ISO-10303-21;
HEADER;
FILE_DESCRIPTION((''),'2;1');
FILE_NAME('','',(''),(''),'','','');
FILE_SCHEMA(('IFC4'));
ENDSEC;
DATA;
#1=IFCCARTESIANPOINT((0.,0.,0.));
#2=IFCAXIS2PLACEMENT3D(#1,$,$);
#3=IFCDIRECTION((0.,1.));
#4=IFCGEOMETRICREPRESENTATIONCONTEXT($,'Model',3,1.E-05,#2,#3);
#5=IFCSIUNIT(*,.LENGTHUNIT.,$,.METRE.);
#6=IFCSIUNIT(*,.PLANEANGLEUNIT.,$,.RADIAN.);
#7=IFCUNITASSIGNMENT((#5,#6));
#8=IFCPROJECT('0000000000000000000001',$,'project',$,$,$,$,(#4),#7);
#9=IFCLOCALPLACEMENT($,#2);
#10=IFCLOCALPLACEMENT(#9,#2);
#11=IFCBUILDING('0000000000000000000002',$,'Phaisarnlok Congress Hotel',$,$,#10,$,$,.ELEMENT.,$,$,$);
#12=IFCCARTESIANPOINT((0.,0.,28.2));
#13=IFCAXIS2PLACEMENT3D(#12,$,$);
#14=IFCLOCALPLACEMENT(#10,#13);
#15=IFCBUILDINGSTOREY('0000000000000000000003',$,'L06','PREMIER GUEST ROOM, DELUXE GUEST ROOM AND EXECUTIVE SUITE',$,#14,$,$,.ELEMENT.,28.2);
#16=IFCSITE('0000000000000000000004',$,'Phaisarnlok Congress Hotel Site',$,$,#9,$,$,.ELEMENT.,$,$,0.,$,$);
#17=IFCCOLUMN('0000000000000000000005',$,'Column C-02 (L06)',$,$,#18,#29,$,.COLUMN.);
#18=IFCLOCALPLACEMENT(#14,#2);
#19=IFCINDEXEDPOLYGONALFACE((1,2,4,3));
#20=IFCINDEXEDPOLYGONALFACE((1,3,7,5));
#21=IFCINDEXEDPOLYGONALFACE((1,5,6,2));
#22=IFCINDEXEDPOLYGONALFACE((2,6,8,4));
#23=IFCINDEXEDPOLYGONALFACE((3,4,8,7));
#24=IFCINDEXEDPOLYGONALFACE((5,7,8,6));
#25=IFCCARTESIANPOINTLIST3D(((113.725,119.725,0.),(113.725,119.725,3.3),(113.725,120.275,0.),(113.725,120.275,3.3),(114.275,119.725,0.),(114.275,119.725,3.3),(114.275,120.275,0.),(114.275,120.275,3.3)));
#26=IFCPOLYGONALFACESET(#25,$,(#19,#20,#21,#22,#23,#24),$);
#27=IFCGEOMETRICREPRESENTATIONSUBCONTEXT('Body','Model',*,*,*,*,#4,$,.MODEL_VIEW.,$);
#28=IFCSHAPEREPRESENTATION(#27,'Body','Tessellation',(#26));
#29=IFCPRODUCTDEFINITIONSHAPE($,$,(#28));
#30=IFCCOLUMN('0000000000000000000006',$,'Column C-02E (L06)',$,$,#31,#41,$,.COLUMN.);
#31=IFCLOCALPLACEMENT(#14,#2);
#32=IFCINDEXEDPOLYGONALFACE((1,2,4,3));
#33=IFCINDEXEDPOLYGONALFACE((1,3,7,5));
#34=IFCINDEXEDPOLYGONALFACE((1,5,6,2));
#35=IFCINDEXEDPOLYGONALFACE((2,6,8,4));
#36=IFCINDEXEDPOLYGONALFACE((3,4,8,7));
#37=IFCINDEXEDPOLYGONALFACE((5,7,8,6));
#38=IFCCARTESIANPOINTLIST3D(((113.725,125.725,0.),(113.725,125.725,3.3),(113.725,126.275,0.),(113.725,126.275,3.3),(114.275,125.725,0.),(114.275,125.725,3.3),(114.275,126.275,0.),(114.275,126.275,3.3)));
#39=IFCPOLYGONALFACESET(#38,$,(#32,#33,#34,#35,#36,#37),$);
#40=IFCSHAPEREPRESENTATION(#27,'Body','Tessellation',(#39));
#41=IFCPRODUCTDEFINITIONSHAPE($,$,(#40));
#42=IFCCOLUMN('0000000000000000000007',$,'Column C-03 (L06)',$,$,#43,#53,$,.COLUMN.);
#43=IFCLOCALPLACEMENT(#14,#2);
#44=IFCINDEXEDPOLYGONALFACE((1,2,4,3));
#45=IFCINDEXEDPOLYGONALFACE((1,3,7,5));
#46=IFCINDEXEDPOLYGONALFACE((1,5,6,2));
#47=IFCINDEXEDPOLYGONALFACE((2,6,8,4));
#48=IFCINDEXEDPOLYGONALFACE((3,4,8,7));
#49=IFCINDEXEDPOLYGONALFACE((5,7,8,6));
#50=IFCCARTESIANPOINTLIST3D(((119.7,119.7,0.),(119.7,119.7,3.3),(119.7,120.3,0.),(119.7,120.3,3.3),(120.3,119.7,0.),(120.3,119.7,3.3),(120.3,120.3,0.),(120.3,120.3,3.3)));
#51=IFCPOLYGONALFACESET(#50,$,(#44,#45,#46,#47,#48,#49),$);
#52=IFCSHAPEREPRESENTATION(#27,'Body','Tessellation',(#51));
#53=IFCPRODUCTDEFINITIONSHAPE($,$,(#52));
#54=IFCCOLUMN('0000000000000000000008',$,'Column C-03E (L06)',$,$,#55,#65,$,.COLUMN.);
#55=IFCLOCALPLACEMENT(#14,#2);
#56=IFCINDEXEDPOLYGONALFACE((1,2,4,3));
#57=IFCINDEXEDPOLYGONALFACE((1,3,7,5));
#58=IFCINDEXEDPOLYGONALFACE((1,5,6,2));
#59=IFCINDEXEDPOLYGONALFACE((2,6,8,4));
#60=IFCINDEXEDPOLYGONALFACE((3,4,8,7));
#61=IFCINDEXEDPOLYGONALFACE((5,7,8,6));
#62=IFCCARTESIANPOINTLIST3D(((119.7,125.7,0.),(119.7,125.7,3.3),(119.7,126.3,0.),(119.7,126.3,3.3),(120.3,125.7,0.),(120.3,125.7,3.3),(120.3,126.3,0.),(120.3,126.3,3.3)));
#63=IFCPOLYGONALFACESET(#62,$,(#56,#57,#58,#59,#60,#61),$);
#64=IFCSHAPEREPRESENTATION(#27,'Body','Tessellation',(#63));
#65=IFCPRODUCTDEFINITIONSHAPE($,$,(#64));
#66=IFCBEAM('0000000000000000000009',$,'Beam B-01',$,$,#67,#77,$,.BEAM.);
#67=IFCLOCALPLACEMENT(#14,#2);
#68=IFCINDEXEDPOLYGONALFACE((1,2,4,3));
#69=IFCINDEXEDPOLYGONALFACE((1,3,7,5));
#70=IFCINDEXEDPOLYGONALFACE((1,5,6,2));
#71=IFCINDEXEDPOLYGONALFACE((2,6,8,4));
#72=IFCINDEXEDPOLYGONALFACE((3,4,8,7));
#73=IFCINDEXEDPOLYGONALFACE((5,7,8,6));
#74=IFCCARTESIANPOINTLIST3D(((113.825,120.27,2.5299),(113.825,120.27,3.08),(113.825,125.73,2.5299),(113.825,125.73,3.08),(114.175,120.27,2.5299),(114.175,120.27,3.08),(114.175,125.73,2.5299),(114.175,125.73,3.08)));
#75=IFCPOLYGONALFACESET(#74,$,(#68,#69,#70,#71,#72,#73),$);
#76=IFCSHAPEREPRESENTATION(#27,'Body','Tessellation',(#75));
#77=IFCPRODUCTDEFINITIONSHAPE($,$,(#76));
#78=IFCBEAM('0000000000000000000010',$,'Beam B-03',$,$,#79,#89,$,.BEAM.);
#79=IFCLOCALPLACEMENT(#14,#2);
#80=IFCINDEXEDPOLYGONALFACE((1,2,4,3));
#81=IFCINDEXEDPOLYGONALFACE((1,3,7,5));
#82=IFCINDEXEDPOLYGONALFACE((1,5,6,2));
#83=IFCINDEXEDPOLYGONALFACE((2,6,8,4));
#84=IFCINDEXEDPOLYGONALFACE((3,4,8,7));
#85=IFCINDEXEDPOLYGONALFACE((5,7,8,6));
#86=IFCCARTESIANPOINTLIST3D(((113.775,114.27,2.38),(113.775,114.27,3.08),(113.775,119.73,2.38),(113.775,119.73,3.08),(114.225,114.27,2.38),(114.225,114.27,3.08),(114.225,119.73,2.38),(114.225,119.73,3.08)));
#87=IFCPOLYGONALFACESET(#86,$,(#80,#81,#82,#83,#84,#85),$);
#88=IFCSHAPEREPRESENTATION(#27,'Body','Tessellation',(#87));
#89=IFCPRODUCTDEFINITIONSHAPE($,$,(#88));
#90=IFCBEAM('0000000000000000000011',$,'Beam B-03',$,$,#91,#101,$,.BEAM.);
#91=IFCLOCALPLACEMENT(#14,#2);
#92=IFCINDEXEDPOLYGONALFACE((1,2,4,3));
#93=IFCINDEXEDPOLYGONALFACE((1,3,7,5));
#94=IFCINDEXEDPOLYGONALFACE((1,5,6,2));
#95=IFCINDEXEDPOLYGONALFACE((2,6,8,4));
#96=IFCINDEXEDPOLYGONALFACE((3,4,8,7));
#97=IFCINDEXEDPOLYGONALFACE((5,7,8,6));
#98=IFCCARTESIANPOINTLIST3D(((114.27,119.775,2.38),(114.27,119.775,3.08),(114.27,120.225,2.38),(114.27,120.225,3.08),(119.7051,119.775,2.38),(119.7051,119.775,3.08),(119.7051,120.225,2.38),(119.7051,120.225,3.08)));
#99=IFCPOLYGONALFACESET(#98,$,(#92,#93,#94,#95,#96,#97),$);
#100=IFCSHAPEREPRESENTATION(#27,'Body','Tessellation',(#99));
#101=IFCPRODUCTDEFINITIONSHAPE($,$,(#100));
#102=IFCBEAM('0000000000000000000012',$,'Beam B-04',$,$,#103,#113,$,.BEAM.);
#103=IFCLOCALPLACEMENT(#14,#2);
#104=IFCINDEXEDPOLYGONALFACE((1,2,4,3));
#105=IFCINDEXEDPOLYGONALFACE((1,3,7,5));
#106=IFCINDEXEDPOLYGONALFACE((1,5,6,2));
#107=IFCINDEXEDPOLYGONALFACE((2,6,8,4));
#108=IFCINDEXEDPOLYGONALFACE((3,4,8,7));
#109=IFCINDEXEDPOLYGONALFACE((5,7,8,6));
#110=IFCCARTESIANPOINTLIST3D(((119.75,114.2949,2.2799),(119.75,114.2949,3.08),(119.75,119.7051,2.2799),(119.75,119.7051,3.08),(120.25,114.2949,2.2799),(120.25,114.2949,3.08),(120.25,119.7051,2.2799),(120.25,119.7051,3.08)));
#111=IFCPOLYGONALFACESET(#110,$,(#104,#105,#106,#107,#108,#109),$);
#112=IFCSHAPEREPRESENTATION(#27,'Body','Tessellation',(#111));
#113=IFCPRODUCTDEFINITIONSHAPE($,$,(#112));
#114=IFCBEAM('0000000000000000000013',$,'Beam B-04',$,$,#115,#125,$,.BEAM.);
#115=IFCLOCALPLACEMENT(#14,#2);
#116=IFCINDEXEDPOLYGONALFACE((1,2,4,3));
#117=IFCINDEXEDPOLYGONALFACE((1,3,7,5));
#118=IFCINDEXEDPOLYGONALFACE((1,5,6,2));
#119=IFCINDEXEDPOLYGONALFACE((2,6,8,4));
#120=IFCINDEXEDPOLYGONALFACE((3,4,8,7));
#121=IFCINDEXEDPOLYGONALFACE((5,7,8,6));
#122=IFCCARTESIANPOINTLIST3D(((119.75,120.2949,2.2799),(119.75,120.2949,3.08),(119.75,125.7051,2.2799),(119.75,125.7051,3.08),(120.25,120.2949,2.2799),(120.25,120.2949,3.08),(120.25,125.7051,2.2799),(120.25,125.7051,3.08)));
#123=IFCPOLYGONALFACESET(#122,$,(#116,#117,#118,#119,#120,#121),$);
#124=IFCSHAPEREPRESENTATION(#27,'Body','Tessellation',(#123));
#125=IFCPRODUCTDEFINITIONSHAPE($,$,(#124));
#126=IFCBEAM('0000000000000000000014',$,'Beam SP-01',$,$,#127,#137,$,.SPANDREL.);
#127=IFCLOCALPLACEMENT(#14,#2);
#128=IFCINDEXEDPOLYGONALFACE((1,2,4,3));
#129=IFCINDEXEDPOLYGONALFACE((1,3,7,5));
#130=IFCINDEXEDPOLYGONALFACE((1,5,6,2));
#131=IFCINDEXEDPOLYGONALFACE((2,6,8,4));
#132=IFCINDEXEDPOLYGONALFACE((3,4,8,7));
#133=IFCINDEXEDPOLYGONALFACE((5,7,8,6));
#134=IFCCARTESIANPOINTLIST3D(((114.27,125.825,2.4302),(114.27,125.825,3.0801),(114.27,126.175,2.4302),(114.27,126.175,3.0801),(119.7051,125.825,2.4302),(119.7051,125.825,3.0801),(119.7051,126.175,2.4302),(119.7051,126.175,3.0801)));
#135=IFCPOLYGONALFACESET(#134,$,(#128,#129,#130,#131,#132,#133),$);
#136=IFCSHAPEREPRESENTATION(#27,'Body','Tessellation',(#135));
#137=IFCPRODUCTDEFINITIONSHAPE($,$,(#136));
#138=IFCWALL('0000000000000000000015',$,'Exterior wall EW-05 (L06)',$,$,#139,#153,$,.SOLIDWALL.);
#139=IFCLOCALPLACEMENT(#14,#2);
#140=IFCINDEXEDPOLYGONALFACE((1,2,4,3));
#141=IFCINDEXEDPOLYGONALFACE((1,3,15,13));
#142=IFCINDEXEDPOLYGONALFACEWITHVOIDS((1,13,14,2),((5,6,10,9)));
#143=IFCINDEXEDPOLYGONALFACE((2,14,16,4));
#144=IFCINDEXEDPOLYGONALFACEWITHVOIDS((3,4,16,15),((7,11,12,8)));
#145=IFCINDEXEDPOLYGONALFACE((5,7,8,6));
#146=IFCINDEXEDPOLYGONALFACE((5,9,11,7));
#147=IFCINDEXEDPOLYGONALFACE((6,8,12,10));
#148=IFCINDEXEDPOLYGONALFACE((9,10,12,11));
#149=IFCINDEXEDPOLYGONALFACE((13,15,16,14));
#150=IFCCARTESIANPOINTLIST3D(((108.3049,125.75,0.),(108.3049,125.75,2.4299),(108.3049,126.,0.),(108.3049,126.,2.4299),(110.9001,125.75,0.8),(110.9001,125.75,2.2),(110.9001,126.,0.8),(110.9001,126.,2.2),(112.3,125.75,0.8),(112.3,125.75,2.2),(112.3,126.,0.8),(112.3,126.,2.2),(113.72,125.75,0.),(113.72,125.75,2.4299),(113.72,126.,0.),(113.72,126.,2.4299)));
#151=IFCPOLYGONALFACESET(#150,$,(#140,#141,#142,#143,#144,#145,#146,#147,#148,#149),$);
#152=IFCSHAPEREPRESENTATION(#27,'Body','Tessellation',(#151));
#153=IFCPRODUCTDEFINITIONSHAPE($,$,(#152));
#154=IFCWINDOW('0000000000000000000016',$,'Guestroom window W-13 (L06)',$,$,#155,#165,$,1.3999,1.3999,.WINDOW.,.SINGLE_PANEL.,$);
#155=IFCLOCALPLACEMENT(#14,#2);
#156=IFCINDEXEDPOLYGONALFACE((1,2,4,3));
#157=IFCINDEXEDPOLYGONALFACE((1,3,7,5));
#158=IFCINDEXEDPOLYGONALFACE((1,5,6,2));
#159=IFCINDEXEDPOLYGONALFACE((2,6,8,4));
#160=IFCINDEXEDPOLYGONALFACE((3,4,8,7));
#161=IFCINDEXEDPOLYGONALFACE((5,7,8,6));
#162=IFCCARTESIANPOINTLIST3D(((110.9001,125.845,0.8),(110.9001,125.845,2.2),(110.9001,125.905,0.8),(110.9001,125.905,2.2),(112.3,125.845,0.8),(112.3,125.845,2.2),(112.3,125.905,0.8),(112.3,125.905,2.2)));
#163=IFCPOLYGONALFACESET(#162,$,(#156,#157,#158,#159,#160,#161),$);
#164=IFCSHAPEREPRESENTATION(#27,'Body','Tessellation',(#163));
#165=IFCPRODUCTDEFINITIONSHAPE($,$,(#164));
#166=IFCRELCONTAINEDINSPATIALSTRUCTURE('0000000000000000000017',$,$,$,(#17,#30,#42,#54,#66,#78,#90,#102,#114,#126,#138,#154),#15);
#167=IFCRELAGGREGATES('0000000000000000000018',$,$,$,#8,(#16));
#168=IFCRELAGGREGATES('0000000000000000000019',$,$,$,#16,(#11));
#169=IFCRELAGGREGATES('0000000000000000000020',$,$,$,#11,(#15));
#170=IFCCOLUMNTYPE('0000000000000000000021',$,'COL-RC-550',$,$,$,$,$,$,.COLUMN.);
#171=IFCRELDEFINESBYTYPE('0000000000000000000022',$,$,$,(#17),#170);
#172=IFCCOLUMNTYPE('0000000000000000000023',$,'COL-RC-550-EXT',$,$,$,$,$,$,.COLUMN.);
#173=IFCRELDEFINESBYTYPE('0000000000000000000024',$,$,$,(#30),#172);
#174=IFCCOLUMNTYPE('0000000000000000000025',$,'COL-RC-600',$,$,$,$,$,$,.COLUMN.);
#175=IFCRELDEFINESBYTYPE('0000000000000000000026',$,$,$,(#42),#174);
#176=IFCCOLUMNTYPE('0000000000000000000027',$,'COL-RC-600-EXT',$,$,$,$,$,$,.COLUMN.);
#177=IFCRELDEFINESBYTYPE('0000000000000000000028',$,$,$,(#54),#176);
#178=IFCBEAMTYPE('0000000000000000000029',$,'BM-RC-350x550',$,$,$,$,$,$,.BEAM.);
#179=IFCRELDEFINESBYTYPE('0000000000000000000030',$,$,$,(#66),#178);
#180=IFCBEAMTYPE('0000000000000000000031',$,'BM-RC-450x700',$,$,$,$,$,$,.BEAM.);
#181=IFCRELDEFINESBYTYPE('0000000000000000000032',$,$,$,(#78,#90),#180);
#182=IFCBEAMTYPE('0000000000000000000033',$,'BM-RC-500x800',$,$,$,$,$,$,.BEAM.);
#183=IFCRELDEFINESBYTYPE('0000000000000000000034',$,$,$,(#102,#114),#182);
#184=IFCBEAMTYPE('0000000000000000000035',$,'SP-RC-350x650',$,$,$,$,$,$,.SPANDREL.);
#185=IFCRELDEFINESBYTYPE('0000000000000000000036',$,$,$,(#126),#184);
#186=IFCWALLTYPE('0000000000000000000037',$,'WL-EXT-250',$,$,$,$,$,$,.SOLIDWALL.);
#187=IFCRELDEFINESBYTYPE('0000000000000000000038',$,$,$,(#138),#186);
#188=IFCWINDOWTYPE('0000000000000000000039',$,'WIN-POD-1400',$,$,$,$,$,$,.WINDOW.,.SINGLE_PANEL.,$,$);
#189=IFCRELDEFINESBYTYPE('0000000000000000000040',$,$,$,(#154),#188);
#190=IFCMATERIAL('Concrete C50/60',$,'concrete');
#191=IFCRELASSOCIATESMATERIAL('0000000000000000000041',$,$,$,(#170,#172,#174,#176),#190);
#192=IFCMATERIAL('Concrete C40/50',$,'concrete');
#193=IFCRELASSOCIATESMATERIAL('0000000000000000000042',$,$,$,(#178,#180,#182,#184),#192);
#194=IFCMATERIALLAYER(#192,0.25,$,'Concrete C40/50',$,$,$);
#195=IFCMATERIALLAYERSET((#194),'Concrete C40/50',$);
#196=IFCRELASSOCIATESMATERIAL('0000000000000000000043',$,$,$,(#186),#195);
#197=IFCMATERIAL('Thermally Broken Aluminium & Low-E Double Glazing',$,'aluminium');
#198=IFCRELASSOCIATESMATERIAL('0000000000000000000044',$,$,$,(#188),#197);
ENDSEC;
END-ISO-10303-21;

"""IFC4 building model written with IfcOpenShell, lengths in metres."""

from ifc_helpers import new_model, si_unit, direction, frame, frame_2d, origin, origin_2d, place, context, subcontext, project, spatial, rectangle, extrude, material, layer, layer_set, material_profile, profile_set, type_object, element, fill, save


model = new_model("IFC4")

# Units and contexts
model_context = context("Model", 3, precision=1e-05, world=origin(), true_north=direction((0.0, 1.0)))
body_context = subcontext(model_context, "Body", "Model", "MODEL_VIEW")
ifc_project = project(units=[si_unit("LENGTHUNIT", "METRE"), si_unit("PLANEANGLEUNIT", "RADIAN")], contexts=[model_context])

# Site, building, storey
site_placement = place(None, origin())
site = spatial("IfcSite", under=ifc_project, at=site_placement, Name="Phaisarnlok Congress Hotel Site", CompositionType="ELEMENT", RefElevation=0.0)
building_placement = place(site_placement, origin())
building = spatial("IfcBuilding", under=site, at=building_placement, Name="Phaisarnlok Congress Hotel", CompositionType="ELEMENT")
storey_placement = place(building_placement, frame((0.0, 0.0, 28.2)))
storey = spatial("IfcBuildingStorey", under=building, at=storey_placement, Name="L06", Description="PREMIER GUEST ROOM, DELUXE GUEST ROOM AND EXECUTIVE SUITE", CompositionType="ELEMENT", Elevation=28.2)

# Columns
ifc_material_1 = material(Name="Concrete C50/60", Category="concrete")
ifc_material_profile_1 = material_profile(ifc_material_1, rectangle(XDim=0.55, YDim=0.55, at=origin_2d()), Name="RC 550x550")
ifc_profile_set_1 = profile_set([ifc_material_profile_1], Name="Concrete C50/60")
column_type_1 = type_object("IfcColumnType", Name="COL-RC-550", PredefinedType="COLUMN", material=ifc_profile_set_1)
column_1_placement = place(storey_placement, frame((114.0, 120.0, 0.0), z_axis=(0.0, 0.0, 1.0), x_axis=(1.0, 0.0, 0.0)))
element("IfcColumn", 1, at=column_1_placement, inside=storey, type_object=column_type_1, Name="Column C-02 (L06)", PredefinedType="COLUMN", context=body_context, shape_type="SweptSolid", body=[
    extrude(rectangle(XDim=0.55, YDim=0.55, at=origin_2d()), origin(), (0.0, 0.0, 1.0), 3.3),
])
ifc_material_profile_2 = material_profile(ifc_material_1, rectangle(XDim=0.55, YDim=0.55, at=origin_2d()), Name="RC 550x550")
ifc_profile_set_2 = profile_set([ifc_material_profile_2], Name="Concrete C50/60")
column_type_2 = type_object("IfcColumnType", Name="COL-RC-550-EXT", PredefinedType="COLUMN", material=ifc_profile_set_2)
column_2_placement = place(storey_placement, frame((114.0, 126.0, 0.0), z_axis=(0.0, 0.0, 1.0), x_axis=(1.0, 0.0, 0.0)))
element("IfcColumn", 2, at=column_2_placement, inside=storey, type_object=column_type_2, Name="Column C-02E (L06)", PredefinedType="COLUMN", context=body_context, shape_type="SweptSolid", body=[
    extrude(rectangle(XDim=0.55, YDim=0.55, at=origin_2d()), origin(), (0.0, 0.0, 1.0), 3.3),
])
ifc_material_profile_3 = material_profile(ifc_material_1, rectangle(XDim=0.6001, YDim=0.6001, at=origin_2d()), Name="RC 600x600")
ifc_profile_set_3 = profile_set([ifc_material_profile_3], Name="Concrete C50/60")
column_type_3 = type_object("IfcColumnType", Name="COL-RC-600", PredefinedType="COLUMN", material=ifc_profile_set_3)
column_3_placement = place(storey_placement, frame((120.0, 120.0, 0.0), z_axis=(0.0, 0.0, 1.0), x_axis=(1.0, 0.0, 0.0)))
element("IfcColumn", 3, at=column_3_placement, inside=storey, type_object=column_type_3, Name="Column C-03 (L06)", PredefinedType="COLUMN", context=body_context, shape_type="SweptSolid", body=[
    extrude(rectangle(XDim=0.6001, YDim=0.6001, at=origin_2d()), origin(), (0.0, 0.0, 1.0), 3.3),
])
ifc_material_profile_4 = material_profile(ifc_material_1, rectangle(XDim=0.6001, YDim=0.6001, at=origin_2d()), Name="RC 600x600")
ifc_profile_set_4 = profile_set([ifc_material_profile_4], Name="Concrete C50/60")
column_type_4 = type_object("IfcColumnType", Name="COL-RC-600-EXT", PredefinedType="COLUMN", material=ifc_profile_set_4)
column_4_placement = place(storey_placement, frame((120.0, 126.0, 0.0), z_axis=(0.0, 0.0, 1.0), x_axis=(1.0, 0.0, 0.0)))
element("IfcColumn", 4, at=column_4_placement, inside=storey, type_object=column_type_4, Name="Column C-03E (L06)", PredefinedType="COLUMN", context=body_context, shape_type="SweptSolid", body=[
    extrude(rectangle(XDim=0.6001, YDim=0.6001, at=origin_2d()), origin(), (0.0, 0.0, 1.0), 3.3),
])

# Beams
ifc_material_2 = material(Name="Concrete C40/50", Category="concrete")
ifc_material_profile_5 = material_profile(ifc_material_2, rectangle(XDim=0.3501, YDim=0.55, at=origin_2d()), Name="RC 350x550")
ifc_profile_set_5 = profile_set([ifc_material_profile_5], Name="Concrete C40/50")
beam_type_1 = type_object("IfcBeamType", Name="BM-RC-350x550", PredefinedType="BEAM", material=ifc_profile_set_5)
beam_1_placement = place(storey_placement, frame((114.0, 120.27, 2.8049), z_axis=(0.0, 1.0, 0.0), x_axis=(-1.0, 0.0, 0.0)))
element("IfcBeam", 5, at=beam_1_placement, inside=storey, type_object=beam_type_1, Name="Beam B-01", PredefinedType="BEAM", context=body_context, shape_type="SweptSolid", body=[
    extrude(rectangle(XDim=0.3501, YDim=0.55, at=origin_2d()), origin(), (0.0, 0.0, 1.0), 5.46),
])
ifc_material_profile_6 = material_profile(ifc_material_2, rectangle(XDim=0.45, YDim=0.7, at=origin_2d()), Name="RC 450x700")
ifc_profile_set_6 = profile_set([ifc_material_profile_6], Name="Concrete C40/50")
beam_type_2 = type_object("IfcBeamType", Name="BM-RC-450x700", PredefinedType="BEAM", material=ifc_profile_set_6)
beam_2_placement = place(storey_placement, frame((114.0, 114.27, 2.73), z_axis=(0.0, 1.0, 0.0), x_axis=(-1.0, 0.0, 0.0)))
element("IfcBeam", 6, at=beam_2_placement, inside=storey, type_object=beam_type_2, Name="Beam B-03", PredefinedType="BEAM", context=body_context, shape_type="SweptSolid", body=[
    extrude(rectangle(XDim=0.45, YDim=0.7, at=origin_2d()), origin(), (0.0, 0.0, 1.0), 5.46),
])
beam_3_placement = place(storey_placement, frame((114.27, 120.0, 2.73), z_axis=(1.0, 0.0, 0.0), x_axis=(0.0, 1.0, 0.0)))
element("IfcBeam", 7, at=beam_3_placement, inside=storey, type_object=beam_type_2, Name="Beam B-03", PredefinedType="BEAM", context=body_context, shape_type="SweptSolid", body=[
    extrude(rectangle(XDim=0.45, YDim=0.7, at=origin_2d()), origin(), (0.0, 0.0, 1.0), 5.4351),
])
ifc_material_profile_7 = material_profile(ifc_material_2, rectangle(XDim=0.5, YDim=0.8, at=origin_2d()), Name="RC 500x800")
ifc_profile_set_7 = profile_set([ifc_material_profile_7], Name="Concrete C40/50")
beam_type_3 = type_object("IfcBeamType", Name="BM-RC-500x800", PredefinedType="BEAM", material=ifc_profile_set_7)
for number, where, z_axis, x_axis, name in (
    (8, (120.0, 114.2949, 2.6799), (0.0, 1.0, 0.0), (-1.0, 0.0, 0.0), "Beam B-04"),
    (9, (120.0, 120.2949, 2.6799), (0.0, 1.0, 0.0), (-1.0, 0.0, 0.0), "Beam B-04"),
):
    element("IfcBeam", number, at=place(storey_placement, frame(where, z_axis=z_axis, x_axis=x_axis)), inside=storey, type_object=beam_type_3, Name=name, PredefinedType="BEAM", context=body_context, shape_type="SweptSolid", body=[
        extrude(rectangle(XDim=0.5, YDim=0.8, at=origin_2d()), origin(), (0.0, 0.0, 1.0), 5.4102),
    ])
ifc_material_profile_8 = material_profile(ifc_material_2, rectangle(XDim=0.3501, YDim=0.6499, at=origin_2d()), Name="RC 350x650")
ifc_profile_set_8 = profile_set([ifc_material_profile_8], Name="Concrete C40/50")
beam_type_4 = type_object("IfcBeamType", Name="SP-RC-350x650", PredefinedType="SPANDREL", material=ifc_profile_set_8)
beam_4_placement = place(storey_placement, frame((114.27, 126.0, 2.7551), z_axis=(1.0, 0.0, 0.0), x_axis=(0.0, 1.0, 0.0)))
element("IfcBeam", 10, at=beam_4_placement, inside=storey, type_object=beam_type_4, Name="Beam SP-01", PredefinedType="SPANDREL", context=body_context, shape_type="SweptSolid", body=[
    extrude(rectangle(XDim=0.3501, YDim=0.6499, at=origin_2d()), origin(), (0.0, 0.0, 1.0), 5.4351),
])

# Wall, opening, window
ifc_layer_1 = layer(ifc_material_2, 0.25, Name="Concrete C40/50")
ifc_layer_set_1 = layer_set([ifc_layer_1], Name="Concrete C40/50")
wall_type_1 = type_object("IfcWallType", Name="WL-EXT-250", PredefinedType="SOLIDWALL", material=ifc_layer_set_1)
wall_1_placement = place(storey_placement, frame((113.72, 125.875, 0.0), z_axis=(0.0, 0.0, 1.0), x_axis=(-1.0, 0.0, 0.0)))
wall_1 = element("IfcWall", 11, at=wall_1_placement, inside=storey, type_object=wall_type_1, Name="Exterior wall EW-05 (L06)", PredefinedType="SOLIDWALL", context=body_context, shape_type="SweptSolid", body=[
    extrude(rectangle(XDim=5.415, YDim=0.25, at=frame_2d((2.7075, 0.0))), origin(), (0.0, 0.0, 1.0), 2.4299),
])
opening_1_placement = place(wall_1_placement, frame((1.4199, 0.0, 0.8)))
opening_1 = element("IfcOpeningElement", 12, at=opening_1_placement, cuts=wall_1, PredefinedType="OPENING", context=body_context, shape_type="SweptSolid", body=[
    extrude(rectangle(XDim=1.3999, YDim=1.3999, at=frame_2d((0.7, 0.7))), frame((0.0, 0.135, 0.0), z_axis=(0.0, -1.0, 0.0), x_axis=(1.0, 0.0, 0.0)), (0.0, 0.0, 1.0), 0.27),
])
ifc_material_3 = material(Name="Thermally Broken Aluminium & Low-E Double Glazing", Category="aluminium")
window_type = type_object("IfcWindowType", Name="WIN-POD-1400", PartitioningType="SINGLE_PANEL", PredefinedType="WINDOW", material=ifc_material_3)
window_1_placement = place(opening_1_placement, origin())
window_1 = element("IfcWindow", 13, at=window_1_placement, inside=storey, type_object=window_type, Name="Guestroom window W-13 (L06)", OverallHeight=1.3999, OverallWidth=1.3999, PartitioningType="SINGLE_PANEL", PredefinedType="WINDOW", context=body_context, shape_type="SweptSolid", body=[
    extrude(rectangle(XDim=1.3999, YDim=1.3999, at=frame_2d((0.7, 0.7))), frame((0.0, 0.03, 0.0), z_axis=(0.0, -1.0, 0.0), x_axis=(1.0, 0.0, 0.0)), (0.0, 0.0, 1.0), 0.0601),
])
fill(opening_1, window_1)

save(model, "model.ifc")
